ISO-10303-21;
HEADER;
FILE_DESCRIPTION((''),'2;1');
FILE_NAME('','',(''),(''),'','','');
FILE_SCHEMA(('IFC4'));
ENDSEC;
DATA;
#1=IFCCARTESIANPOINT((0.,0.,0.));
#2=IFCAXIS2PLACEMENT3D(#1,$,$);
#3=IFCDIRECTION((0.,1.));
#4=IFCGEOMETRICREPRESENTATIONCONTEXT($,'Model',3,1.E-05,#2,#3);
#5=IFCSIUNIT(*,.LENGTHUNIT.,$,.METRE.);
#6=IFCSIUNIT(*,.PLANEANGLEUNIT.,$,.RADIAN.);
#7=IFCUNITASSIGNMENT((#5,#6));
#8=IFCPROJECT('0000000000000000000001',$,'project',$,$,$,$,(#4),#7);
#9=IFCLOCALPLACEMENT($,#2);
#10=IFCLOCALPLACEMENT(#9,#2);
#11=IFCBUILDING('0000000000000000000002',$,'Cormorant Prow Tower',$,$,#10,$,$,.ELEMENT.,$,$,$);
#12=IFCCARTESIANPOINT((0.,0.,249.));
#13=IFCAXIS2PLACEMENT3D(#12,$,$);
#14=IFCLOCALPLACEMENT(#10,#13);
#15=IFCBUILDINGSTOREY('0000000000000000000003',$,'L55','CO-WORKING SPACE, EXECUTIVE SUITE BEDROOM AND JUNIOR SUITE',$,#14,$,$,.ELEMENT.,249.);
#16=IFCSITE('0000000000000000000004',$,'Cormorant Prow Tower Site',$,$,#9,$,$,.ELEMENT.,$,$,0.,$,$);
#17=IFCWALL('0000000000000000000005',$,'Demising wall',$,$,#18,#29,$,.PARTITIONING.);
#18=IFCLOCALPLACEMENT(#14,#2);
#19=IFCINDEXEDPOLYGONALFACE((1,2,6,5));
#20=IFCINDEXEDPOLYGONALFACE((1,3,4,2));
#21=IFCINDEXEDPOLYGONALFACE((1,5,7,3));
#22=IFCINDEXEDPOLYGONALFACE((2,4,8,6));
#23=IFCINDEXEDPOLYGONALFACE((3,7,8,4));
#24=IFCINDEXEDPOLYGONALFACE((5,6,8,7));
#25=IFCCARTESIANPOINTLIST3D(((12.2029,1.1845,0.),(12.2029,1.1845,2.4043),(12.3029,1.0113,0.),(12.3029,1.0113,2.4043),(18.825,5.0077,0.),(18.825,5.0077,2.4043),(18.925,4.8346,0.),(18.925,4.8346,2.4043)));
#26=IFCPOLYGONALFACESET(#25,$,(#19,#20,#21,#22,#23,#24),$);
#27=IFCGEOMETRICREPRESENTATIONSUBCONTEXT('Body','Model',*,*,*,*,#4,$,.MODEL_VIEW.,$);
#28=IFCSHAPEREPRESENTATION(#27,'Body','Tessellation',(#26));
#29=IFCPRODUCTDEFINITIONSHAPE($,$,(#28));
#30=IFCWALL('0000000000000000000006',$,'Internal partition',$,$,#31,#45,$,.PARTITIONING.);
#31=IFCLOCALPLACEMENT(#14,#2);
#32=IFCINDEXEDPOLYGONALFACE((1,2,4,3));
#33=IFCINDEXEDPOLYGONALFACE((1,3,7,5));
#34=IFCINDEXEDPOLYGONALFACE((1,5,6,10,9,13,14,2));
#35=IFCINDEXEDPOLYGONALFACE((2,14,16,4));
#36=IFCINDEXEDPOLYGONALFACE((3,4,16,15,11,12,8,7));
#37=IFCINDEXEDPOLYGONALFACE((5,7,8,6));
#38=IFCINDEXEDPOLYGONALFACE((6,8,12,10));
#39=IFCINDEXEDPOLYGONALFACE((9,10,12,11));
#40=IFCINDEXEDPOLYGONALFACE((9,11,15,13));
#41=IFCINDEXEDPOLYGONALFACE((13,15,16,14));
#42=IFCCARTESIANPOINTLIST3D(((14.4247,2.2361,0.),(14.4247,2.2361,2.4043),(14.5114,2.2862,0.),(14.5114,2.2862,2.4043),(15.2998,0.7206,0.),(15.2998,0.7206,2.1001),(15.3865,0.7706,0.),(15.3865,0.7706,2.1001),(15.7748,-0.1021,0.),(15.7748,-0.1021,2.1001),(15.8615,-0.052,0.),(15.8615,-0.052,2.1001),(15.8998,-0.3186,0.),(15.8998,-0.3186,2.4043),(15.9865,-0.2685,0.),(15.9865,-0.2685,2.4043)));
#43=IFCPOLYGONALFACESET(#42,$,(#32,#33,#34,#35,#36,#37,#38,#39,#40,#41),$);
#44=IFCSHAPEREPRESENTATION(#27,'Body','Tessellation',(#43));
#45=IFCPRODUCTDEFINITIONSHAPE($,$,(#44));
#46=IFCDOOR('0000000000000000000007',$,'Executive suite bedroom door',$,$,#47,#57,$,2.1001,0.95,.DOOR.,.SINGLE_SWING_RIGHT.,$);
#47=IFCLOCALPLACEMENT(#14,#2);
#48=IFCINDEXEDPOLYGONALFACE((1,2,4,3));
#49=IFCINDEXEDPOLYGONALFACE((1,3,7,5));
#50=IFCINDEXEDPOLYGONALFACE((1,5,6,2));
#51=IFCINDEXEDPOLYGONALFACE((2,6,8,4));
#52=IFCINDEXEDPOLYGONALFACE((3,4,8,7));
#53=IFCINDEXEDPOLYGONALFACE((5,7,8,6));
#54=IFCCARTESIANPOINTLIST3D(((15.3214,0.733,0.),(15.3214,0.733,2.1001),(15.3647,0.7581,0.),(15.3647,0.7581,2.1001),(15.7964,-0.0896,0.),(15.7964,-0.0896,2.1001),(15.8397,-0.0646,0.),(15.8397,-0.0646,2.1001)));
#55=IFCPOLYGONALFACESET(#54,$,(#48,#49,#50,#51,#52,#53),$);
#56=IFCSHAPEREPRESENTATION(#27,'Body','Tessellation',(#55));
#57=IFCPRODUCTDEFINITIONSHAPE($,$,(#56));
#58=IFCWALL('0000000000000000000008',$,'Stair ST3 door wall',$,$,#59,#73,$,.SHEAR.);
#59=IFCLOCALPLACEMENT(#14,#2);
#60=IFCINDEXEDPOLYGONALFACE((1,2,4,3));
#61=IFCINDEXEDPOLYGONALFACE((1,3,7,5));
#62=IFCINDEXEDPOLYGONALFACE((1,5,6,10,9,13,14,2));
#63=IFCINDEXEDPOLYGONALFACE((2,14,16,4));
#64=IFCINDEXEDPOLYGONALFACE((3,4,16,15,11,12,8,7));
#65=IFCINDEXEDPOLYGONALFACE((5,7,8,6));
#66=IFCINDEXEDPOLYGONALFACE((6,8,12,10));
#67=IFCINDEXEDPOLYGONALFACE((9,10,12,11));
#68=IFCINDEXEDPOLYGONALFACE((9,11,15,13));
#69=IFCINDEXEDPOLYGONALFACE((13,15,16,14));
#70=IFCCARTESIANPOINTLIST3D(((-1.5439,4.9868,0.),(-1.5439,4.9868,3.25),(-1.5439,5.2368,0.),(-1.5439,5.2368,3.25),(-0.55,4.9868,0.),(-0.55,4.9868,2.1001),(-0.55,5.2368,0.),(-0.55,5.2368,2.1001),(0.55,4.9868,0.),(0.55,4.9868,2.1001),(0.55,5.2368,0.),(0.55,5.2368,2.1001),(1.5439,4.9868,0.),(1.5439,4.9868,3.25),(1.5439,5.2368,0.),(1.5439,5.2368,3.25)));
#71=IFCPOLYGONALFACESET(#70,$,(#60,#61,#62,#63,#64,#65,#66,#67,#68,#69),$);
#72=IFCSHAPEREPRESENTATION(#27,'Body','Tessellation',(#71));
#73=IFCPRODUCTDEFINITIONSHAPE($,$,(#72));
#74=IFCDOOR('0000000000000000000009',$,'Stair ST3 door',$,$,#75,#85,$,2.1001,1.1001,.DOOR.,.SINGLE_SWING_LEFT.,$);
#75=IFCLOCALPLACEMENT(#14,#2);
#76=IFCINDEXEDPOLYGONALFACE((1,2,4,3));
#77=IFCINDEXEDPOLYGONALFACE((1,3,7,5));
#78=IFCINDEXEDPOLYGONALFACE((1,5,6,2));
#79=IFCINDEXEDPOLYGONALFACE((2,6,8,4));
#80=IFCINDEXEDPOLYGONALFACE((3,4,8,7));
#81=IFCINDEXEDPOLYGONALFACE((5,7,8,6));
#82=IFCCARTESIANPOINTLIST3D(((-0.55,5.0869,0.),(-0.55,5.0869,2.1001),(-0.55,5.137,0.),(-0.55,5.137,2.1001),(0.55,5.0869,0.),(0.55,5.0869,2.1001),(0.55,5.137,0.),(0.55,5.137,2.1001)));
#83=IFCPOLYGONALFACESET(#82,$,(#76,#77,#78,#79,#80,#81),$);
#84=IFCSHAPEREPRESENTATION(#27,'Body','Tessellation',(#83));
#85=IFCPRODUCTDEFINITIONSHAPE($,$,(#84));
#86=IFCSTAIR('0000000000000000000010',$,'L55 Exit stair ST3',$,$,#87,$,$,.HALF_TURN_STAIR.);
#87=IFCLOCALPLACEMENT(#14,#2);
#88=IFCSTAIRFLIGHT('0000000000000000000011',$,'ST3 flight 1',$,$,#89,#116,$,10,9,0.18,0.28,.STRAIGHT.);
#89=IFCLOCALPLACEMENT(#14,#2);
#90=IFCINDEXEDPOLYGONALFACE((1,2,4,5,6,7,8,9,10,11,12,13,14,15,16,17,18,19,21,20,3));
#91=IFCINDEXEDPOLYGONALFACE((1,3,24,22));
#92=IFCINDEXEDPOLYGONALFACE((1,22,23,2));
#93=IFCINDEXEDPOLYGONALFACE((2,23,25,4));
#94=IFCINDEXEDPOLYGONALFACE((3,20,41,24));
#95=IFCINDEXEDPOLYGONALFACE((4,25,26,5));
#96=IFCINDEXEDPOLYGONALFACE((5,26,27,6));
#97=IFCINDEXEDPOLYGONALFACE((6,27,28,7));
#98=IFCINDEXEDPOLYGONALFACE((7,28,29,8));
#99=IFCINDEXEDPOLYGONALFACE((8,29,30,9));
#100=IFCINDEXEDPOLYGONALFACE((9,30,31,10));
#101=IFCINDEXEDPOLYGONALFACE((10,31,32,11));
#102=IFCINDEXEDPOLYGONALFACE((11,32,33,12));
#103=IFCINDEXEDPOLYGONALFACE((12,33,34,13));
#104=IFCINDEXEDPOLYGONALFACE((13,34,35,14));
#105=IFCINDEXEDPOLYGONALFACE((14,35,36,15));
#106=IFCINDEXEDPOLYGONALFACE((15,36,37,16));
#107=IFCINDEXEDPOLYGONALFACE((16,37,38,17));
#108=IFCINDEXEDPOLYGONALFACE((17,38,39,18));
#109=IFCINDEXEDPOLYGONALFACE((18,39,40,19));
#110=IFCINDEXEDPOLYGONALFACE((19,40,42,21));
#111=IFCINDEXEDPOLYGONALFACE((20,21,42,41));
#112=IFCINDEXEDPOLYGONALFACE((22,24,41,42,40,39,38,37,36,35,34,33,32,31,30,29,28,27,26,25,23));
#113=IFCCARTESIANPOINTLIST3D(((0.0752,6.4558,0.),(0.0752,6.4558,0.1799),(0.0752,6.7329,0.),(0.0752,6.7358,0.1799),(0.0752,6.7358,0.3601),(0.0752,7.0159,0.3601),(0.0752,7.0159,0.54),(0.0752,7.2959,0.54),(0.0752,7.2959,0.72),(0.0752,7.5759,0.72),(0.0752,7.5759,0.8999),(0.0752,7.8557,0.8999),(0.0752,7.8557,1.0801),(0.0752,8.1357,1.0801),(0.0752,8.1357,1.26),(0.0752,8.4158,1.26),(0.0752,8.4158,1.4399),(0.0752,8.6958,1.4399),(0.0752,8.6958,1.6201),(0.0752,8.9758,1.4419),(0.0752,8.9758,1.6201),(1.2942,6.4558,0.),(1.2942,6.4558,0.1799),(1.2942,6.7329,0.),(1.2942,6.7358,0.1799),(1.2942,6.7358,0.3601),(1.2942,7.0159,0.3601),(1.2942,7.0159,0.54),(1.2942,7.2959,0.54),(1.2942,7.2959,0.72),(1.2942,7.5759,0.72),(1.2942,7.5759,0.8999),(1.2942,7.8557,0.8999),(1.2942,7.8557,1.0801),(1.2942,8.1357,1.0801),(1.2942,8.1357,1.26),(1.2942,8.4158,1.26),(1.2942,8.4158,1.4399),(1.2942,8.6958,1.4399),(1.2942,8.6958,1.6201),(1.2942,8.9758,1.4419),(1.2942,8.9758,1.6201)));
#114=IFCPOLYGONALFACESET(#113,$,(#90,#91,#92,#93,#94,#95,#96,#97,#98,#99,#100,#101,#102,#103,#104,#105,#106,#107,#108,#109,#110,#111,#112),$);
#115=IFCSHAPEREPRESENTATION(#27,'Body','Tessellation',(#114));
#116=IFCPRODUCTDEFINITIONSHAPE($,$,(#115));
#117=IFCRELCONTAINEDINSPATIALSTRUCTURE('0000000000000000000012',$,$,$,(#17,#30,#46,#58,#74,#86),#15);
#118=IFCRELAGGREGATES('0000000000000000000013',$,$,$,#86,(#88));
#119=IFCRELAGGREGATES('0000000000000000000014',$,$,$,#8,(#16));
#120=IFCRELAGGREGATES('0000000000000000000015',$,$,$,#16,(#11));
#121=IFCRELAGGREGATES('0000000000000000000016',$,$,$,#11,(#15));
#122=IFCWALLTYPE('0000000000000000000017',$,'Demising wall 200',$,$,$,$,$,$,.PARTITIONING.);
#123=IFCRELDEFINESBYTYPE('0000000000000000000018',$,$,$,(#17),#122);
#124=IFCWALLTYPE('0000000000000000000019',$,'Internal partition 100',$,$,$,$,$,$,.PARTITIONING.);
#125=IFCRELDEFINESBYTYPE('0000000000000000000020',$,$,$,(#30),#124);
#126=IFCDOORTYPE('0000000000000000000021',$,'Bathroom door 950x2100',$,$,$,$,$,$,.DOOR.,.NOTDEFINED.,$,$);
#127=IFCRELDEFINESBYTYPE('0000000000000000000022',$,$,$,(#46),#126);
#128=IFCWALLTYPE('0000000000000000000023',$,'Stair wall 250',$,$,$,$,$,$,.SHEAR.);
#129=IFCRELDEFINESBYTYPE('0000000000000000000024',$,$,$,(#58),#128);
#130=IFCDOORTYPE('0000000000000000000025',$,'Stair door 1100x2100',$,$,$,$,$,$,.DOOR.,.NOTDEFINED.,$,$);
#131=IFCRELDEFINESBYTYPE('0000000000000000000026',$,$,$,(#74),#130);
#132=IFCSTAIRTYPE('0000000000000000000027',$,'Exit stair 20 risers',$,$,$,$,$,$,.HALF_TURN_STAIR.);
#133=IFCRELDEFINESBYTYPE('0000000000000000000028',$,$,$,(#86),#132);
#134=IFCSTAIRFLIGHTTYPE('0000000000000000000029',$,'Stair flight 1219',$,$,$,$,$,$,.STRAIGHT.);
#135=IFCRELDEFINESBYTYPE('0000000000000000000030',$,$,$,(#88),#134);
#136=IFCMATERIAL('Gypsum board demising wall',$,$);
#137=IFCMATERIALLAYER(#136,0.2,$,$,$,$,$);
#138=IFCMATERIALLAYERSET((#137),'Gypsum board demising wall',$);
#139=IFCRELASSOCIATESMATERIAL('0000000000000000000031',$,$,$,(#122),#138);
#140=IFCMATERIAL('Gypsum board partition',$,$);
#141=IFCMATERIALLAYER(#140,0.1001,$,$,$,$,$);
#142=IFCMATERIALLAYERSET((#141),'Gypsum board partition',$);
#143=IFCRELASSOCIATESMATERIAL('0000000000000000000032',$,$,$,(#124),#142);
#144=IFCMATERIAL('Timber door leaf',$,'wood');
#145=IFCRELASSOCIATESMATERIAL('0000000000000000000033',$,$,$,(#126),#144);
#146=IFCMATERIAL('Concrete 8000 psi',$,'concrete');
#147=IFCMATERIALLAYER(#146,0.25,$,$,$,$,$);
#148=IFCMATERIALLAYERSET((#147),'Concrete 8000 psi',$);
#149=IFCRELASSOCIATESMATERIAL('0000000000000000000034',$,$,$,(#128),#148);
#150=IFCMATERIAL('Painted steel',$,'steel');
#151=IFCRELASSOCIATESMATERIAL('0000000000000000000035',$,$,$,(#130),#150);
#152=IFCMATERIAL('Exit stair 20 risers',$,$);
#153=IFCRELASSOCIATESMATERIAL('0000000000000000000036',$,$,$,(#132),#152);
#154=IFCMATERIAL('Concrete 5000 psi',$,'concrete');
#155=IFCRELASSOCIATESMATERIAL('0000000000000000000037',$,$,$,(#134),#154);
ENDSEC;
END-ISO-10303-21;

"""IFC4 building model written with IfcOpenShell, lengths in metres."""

from ifc_helpers import new_model, si_unit, direction, frame, frame_2d, origin, place, context, subcontext, project, spatial, polyline, rectangle, outline, extrude, material, layer, layer_set, type_object, element, fill, aggregate, save


model = new_model("IFC4")

# Units and contexts
model_context = context("Model", 3, precision=1e-05, world=origin(), true_north=direction((0.0, 1.0)))
body_context = subcontext(model_context, "Body", "Model", "MODEL_VIEW")
ifc_project = project(units=[si_unit("LENGTHUNIT", "METRE"), si_unit("PLANEANGLEUNIT", "RADIAN")], contexts=[model_context])

# Site, building, storey
site_placement = place(None, origin())
site = spatial("IfcSite", under=ifc_project, at=site_placement, Name="Cormorant Prow Tower Site", CompositionType="ELEMENT", RefElevation=0.0)
building_placement = place(site_placement, origin())
building = spatial("IfcBuilding", under=site, at=building_placement, Name="Cormorant Prow Tower", CompositionType="ELEMENT")
storey_placement = place(building_placement, frame((0.0, 0.0, 249.0)))
storey = spatial("IfcBuildingStorey", under=building, at=storey_placement, Name="L55", Description="CO-WORKING SPACE, EXECUTIVE SUITE BEDROOM AND JUNIOR SUITE", CompositionType="ELEMENT", Elevation=249.0)

# Wall
ifc_material_1 = material(Name="Gypsum board demising wall")
ifc_layer_1 = layer(ifc_material_1, 0.2)
ifc_layer_set_1 = layer_set([ifc_layer_1], Name="Gypsum board demising wall")
wall_type_1 = type_object("IfcWallType", Name="Demising wall 200", PredefinedType="PARTITIONING", material=ifc_layer_set_1)
wall_1_placement = place(storey_placement, frame((12.2529, 1.0979, 0.0), z_axis=(0.0, 0.0, 1.0), x_axis=(0.866026, 0.499999, 0.0)))
element("IfcWall", 1, at=wall_1_placement, inside=storey, type_object=wall_type_1, Name="Demising wall", PredefinedType="PARTITIONING", context=body_context, shape_type="SweptSolid", body=[
    extrude(rectangle(XDim=7.6465, YDim=0.2, at=frame_2d((3.8232, 0.0))), origin(), (0.0, 0.0, 1.0), 2.4043),
])

# Walls, openings, doors
ifc_material_2 = material(Name="Gypsum board partition")
ifc_layer_2 = layer(ifc_material_2, 0.1001)
ifc_layer_set_2 = layer_set([ifc_layer_2], Name="Gypsum board partition")
wall_type_2 = type_object("IfcWallType", Name="Internal partition 100", PredefinedType="PARTITIONING", material=ifc_layer_set_2)
wall_2_placement = place(storey_placement, frame((14.468, 2.2612, 0.0), z_axis=(0.0, 0.0, 1.0), x_axis=(0.500038, -0.866004, 0.0)))
wall_2 = element("IfcWall", 2, at=wall_2_placement, inside=storey, type_object=wall_type_2, Name="Internal partition", PredefinedType="PARTITIONING", context=body_context, shape_type="SweptSolid", body=[
    extrude(rectangle(XDim=2.95, YDim=0.1001, at=frame_2d((1.4751, 0.0))), origin(), (0.0, 0.0, 1.0), 2.4043),
])
opening_1_placement = place(wall_2_placement, frame((1.75, 0.0, 0.0)))
opening_1 = element("IfcOpeningElement", 3, at=opening_1_placement, cuts=wall_2, PredefinedType="OPENING", context=body_context, shape_type="SweptSolid", body=[
    extrude(rectangle(XDim=0.95, YDim=2.1001, at=frame_2d((0.4751, 1.05))), frame((0.0, 0.0601, 0.0), z_axis=(0.0, -1.0, 0.0), x_axis=(1.0, 0.0, 0.0)), (0.0, 0.0, 1.0), 0.1201),
])
ifc_material_3 = material(Name="Timber door leaf", Category="wood")
door_type_1 = type_object("IfcDoorType", Name="Bathroom door 950x2100", OperationType="NOTDEFINED", PredefinedType="DOOR", material=ifc_material_3)
door_1_placement = place(opening_1_placement, origin())
door_1 = element("IfcDoor", 4, at=door_1_placement, inside=storey, type_object=door_type_1, Name="Executive suite bedroom door", OperationType="SINGLE_SWING_RIGHT", OverallHeight=2.1001, OverallWidth=0.95, PredefinedType="DOOR", context=body_context, shape_type="SweptSolid", body=[
    extrude(rectangle(XDim=0.95, YDim=2.1001, at=frame_2d((0.4751, 1.05))), frame((0.0, 0.0249, 0.0), z_axis=(0.0, -1.0, 0.0), x_axis=(1.0, 0.0, 0.0)), (0.0, 0.0, 1.0), 0.05),
])
fill(opening_1, door_1)
ifc_material_4 = material(Name="Concrete 8000 psi", Category="concrete")
ifc_layer_3 = layer(ifc_material_4, 0.25)
ifc_layer_set_3 = layer_set([ifc_layer_3], Name="Concrete 8000 psi")
wall_type_3 = type_object("IfcWallType", Name="Stair wall 250", PredefinedType="SHEAR", material=ifc_layer_set_3)
wall_3_placement = place(storey_placement, frame((1.5439, 5.1118, 0.0), z_axis=(0.0, 0.0, 1.0), x_axis=(-1.0, 0.0, 0.0)))
wall_3 = element("IfcWall", 5, at=wall_3_placement, inside=storey, type_object=wall_type_3, Name="Stair ST3 door wall", PredefinedType="SHEAR", context=body_context, shape_type="SweptSolid", body=[
    extrude(rectangle(XDim=3.0879, YDim=0.25, at=frame_2d((1.5439, 0.0))), origin(), (0.0, 0.0, 1.0), 3.25),
])
opening_2_placement = place(wall_3_placement, frame((0.9939, 0.0, 0.0)))
opening_2 = element("IfcOpeningElement", 6, at=opening_2_placement, cuts=wall_3, PredefinedType="OPENING", context=body_context, shape_type="SweptSolid", body=[
    extrude(rectangle(XDim=1.1001, YDim=2.1001, at=frame_2d((0.55, 1.05))), frame((0.0, 0.135, 0.0), z_axis=(0.0, -1.0, 0.0), x_axis=(1.0, 0.0, 0.0)), (0.0, 0.0, 1.0), 0.27),
])
ifc_material_5 = material(Name="Painted steel", Category="steel")
door_type_2 = type_object("IfcDoorType", Name="Stair door 1100x2100", OperationType="NOTDEFINED", PredefinedType="DOOR", material=ifc_material_5)
door_2_placement = place(opening_2_placement, origin())
door_2 = element("IfcDoor", 7, at=door_2_placement, inside=storey, type_object=door_type_2, Name="Stair ST3 door", OperationType="SINGLE_SWING_LEFT", OverallHeight=2.1001, OverallWidth=1.1001, PredefinedType="DOOR", context=body_context, shape_type="SweptSolid", body=[
    extrude(rectangle(XDim=1.1001, YDim=2.1001, at=frame_2d((0.55, 1.05))), frame((0.0, 0.0249, 0.0), z_axis=(0.0, -1.0, 0.0), x_axis=(1.0, 0.0, 0.0)), (0.0, 0.0, 1.0), 0.05),
])
fill(opening_2, door_2)

# Stair, stair flight
ifc_material_6 = material(Name="Exit stair 20 risers")
stair_type = type_object("IfcStairType", Name="Exit stair 20 risers", PredefinedType="HALF_TURN_STAIR", material=ifc_material_6)
stair_placement = place(storey_placement, origin())
stair = element("IfcStair", 8, at=stair_placement, inside=storey, type_object=stair_type, Name="L55 Exit stair ST3", PredefinedType="HALF_TURN_STAIR")
ifc_material_7 = material(Name="Concrete 5000 psi", Category="concrete")
stair_flight_type = type_object("IfcStairFlightType", Name="Stair flight 1219", PredefinedType="STRAIGHT", material=ifc_material_7)
stair_flight_placement = place(storey_placement, frame((0.6846, 6.4558, 0.0), z_axis=(0.0, 0.0, 1.0), x_axis=(0.0, 1.0, 0.0)))
stair_flight = element("IfcStairFlight", 9, at=stair_flight_placement, type_object=stair_flight_type, Name="ST3 flight 1", NumberOfRisers=10, NumberOfTreads=9, PredefinedType="STRAIGHT", RiserHeight=0.18, TreadLength=0.28, context=body_context, shape_type="SweptSolid", body=[
    extrude(outline(polyline([(0.0, 0.0), (0.0, 0.1799), (0.28, 0.1799), (0.28, 0.3601), (0.5601, 0.3601), (0.5601, 0.54), (0.8401, 0.54), (0.8401, 0.72), (1.1201, 0.72), (1.1201, 0.8999), (1.3999, 0.8999), (1.3999, 1.0801), (1.6799, 1.0801), (1.6799, 1.26), (1.96, 1.26), (1.96, 1.4399), (2.24, 1.4399), (2.24, 1.6201), (2.52, 1.6201), (2.52, 1.8), (2.52, 1.4419), (0.2771, 0.0), (0.0, 0.0)])), frame((0.0, 0.6094, 0.0), z_axis=(0.0, -1.0, 0.0), x_axis=(1.0, 0.0, 0.0)), (0.0, 0.0, 1.0), 1.219),
])
aggregate(stair, [stair_flight])

save(model, "model.ifc")
